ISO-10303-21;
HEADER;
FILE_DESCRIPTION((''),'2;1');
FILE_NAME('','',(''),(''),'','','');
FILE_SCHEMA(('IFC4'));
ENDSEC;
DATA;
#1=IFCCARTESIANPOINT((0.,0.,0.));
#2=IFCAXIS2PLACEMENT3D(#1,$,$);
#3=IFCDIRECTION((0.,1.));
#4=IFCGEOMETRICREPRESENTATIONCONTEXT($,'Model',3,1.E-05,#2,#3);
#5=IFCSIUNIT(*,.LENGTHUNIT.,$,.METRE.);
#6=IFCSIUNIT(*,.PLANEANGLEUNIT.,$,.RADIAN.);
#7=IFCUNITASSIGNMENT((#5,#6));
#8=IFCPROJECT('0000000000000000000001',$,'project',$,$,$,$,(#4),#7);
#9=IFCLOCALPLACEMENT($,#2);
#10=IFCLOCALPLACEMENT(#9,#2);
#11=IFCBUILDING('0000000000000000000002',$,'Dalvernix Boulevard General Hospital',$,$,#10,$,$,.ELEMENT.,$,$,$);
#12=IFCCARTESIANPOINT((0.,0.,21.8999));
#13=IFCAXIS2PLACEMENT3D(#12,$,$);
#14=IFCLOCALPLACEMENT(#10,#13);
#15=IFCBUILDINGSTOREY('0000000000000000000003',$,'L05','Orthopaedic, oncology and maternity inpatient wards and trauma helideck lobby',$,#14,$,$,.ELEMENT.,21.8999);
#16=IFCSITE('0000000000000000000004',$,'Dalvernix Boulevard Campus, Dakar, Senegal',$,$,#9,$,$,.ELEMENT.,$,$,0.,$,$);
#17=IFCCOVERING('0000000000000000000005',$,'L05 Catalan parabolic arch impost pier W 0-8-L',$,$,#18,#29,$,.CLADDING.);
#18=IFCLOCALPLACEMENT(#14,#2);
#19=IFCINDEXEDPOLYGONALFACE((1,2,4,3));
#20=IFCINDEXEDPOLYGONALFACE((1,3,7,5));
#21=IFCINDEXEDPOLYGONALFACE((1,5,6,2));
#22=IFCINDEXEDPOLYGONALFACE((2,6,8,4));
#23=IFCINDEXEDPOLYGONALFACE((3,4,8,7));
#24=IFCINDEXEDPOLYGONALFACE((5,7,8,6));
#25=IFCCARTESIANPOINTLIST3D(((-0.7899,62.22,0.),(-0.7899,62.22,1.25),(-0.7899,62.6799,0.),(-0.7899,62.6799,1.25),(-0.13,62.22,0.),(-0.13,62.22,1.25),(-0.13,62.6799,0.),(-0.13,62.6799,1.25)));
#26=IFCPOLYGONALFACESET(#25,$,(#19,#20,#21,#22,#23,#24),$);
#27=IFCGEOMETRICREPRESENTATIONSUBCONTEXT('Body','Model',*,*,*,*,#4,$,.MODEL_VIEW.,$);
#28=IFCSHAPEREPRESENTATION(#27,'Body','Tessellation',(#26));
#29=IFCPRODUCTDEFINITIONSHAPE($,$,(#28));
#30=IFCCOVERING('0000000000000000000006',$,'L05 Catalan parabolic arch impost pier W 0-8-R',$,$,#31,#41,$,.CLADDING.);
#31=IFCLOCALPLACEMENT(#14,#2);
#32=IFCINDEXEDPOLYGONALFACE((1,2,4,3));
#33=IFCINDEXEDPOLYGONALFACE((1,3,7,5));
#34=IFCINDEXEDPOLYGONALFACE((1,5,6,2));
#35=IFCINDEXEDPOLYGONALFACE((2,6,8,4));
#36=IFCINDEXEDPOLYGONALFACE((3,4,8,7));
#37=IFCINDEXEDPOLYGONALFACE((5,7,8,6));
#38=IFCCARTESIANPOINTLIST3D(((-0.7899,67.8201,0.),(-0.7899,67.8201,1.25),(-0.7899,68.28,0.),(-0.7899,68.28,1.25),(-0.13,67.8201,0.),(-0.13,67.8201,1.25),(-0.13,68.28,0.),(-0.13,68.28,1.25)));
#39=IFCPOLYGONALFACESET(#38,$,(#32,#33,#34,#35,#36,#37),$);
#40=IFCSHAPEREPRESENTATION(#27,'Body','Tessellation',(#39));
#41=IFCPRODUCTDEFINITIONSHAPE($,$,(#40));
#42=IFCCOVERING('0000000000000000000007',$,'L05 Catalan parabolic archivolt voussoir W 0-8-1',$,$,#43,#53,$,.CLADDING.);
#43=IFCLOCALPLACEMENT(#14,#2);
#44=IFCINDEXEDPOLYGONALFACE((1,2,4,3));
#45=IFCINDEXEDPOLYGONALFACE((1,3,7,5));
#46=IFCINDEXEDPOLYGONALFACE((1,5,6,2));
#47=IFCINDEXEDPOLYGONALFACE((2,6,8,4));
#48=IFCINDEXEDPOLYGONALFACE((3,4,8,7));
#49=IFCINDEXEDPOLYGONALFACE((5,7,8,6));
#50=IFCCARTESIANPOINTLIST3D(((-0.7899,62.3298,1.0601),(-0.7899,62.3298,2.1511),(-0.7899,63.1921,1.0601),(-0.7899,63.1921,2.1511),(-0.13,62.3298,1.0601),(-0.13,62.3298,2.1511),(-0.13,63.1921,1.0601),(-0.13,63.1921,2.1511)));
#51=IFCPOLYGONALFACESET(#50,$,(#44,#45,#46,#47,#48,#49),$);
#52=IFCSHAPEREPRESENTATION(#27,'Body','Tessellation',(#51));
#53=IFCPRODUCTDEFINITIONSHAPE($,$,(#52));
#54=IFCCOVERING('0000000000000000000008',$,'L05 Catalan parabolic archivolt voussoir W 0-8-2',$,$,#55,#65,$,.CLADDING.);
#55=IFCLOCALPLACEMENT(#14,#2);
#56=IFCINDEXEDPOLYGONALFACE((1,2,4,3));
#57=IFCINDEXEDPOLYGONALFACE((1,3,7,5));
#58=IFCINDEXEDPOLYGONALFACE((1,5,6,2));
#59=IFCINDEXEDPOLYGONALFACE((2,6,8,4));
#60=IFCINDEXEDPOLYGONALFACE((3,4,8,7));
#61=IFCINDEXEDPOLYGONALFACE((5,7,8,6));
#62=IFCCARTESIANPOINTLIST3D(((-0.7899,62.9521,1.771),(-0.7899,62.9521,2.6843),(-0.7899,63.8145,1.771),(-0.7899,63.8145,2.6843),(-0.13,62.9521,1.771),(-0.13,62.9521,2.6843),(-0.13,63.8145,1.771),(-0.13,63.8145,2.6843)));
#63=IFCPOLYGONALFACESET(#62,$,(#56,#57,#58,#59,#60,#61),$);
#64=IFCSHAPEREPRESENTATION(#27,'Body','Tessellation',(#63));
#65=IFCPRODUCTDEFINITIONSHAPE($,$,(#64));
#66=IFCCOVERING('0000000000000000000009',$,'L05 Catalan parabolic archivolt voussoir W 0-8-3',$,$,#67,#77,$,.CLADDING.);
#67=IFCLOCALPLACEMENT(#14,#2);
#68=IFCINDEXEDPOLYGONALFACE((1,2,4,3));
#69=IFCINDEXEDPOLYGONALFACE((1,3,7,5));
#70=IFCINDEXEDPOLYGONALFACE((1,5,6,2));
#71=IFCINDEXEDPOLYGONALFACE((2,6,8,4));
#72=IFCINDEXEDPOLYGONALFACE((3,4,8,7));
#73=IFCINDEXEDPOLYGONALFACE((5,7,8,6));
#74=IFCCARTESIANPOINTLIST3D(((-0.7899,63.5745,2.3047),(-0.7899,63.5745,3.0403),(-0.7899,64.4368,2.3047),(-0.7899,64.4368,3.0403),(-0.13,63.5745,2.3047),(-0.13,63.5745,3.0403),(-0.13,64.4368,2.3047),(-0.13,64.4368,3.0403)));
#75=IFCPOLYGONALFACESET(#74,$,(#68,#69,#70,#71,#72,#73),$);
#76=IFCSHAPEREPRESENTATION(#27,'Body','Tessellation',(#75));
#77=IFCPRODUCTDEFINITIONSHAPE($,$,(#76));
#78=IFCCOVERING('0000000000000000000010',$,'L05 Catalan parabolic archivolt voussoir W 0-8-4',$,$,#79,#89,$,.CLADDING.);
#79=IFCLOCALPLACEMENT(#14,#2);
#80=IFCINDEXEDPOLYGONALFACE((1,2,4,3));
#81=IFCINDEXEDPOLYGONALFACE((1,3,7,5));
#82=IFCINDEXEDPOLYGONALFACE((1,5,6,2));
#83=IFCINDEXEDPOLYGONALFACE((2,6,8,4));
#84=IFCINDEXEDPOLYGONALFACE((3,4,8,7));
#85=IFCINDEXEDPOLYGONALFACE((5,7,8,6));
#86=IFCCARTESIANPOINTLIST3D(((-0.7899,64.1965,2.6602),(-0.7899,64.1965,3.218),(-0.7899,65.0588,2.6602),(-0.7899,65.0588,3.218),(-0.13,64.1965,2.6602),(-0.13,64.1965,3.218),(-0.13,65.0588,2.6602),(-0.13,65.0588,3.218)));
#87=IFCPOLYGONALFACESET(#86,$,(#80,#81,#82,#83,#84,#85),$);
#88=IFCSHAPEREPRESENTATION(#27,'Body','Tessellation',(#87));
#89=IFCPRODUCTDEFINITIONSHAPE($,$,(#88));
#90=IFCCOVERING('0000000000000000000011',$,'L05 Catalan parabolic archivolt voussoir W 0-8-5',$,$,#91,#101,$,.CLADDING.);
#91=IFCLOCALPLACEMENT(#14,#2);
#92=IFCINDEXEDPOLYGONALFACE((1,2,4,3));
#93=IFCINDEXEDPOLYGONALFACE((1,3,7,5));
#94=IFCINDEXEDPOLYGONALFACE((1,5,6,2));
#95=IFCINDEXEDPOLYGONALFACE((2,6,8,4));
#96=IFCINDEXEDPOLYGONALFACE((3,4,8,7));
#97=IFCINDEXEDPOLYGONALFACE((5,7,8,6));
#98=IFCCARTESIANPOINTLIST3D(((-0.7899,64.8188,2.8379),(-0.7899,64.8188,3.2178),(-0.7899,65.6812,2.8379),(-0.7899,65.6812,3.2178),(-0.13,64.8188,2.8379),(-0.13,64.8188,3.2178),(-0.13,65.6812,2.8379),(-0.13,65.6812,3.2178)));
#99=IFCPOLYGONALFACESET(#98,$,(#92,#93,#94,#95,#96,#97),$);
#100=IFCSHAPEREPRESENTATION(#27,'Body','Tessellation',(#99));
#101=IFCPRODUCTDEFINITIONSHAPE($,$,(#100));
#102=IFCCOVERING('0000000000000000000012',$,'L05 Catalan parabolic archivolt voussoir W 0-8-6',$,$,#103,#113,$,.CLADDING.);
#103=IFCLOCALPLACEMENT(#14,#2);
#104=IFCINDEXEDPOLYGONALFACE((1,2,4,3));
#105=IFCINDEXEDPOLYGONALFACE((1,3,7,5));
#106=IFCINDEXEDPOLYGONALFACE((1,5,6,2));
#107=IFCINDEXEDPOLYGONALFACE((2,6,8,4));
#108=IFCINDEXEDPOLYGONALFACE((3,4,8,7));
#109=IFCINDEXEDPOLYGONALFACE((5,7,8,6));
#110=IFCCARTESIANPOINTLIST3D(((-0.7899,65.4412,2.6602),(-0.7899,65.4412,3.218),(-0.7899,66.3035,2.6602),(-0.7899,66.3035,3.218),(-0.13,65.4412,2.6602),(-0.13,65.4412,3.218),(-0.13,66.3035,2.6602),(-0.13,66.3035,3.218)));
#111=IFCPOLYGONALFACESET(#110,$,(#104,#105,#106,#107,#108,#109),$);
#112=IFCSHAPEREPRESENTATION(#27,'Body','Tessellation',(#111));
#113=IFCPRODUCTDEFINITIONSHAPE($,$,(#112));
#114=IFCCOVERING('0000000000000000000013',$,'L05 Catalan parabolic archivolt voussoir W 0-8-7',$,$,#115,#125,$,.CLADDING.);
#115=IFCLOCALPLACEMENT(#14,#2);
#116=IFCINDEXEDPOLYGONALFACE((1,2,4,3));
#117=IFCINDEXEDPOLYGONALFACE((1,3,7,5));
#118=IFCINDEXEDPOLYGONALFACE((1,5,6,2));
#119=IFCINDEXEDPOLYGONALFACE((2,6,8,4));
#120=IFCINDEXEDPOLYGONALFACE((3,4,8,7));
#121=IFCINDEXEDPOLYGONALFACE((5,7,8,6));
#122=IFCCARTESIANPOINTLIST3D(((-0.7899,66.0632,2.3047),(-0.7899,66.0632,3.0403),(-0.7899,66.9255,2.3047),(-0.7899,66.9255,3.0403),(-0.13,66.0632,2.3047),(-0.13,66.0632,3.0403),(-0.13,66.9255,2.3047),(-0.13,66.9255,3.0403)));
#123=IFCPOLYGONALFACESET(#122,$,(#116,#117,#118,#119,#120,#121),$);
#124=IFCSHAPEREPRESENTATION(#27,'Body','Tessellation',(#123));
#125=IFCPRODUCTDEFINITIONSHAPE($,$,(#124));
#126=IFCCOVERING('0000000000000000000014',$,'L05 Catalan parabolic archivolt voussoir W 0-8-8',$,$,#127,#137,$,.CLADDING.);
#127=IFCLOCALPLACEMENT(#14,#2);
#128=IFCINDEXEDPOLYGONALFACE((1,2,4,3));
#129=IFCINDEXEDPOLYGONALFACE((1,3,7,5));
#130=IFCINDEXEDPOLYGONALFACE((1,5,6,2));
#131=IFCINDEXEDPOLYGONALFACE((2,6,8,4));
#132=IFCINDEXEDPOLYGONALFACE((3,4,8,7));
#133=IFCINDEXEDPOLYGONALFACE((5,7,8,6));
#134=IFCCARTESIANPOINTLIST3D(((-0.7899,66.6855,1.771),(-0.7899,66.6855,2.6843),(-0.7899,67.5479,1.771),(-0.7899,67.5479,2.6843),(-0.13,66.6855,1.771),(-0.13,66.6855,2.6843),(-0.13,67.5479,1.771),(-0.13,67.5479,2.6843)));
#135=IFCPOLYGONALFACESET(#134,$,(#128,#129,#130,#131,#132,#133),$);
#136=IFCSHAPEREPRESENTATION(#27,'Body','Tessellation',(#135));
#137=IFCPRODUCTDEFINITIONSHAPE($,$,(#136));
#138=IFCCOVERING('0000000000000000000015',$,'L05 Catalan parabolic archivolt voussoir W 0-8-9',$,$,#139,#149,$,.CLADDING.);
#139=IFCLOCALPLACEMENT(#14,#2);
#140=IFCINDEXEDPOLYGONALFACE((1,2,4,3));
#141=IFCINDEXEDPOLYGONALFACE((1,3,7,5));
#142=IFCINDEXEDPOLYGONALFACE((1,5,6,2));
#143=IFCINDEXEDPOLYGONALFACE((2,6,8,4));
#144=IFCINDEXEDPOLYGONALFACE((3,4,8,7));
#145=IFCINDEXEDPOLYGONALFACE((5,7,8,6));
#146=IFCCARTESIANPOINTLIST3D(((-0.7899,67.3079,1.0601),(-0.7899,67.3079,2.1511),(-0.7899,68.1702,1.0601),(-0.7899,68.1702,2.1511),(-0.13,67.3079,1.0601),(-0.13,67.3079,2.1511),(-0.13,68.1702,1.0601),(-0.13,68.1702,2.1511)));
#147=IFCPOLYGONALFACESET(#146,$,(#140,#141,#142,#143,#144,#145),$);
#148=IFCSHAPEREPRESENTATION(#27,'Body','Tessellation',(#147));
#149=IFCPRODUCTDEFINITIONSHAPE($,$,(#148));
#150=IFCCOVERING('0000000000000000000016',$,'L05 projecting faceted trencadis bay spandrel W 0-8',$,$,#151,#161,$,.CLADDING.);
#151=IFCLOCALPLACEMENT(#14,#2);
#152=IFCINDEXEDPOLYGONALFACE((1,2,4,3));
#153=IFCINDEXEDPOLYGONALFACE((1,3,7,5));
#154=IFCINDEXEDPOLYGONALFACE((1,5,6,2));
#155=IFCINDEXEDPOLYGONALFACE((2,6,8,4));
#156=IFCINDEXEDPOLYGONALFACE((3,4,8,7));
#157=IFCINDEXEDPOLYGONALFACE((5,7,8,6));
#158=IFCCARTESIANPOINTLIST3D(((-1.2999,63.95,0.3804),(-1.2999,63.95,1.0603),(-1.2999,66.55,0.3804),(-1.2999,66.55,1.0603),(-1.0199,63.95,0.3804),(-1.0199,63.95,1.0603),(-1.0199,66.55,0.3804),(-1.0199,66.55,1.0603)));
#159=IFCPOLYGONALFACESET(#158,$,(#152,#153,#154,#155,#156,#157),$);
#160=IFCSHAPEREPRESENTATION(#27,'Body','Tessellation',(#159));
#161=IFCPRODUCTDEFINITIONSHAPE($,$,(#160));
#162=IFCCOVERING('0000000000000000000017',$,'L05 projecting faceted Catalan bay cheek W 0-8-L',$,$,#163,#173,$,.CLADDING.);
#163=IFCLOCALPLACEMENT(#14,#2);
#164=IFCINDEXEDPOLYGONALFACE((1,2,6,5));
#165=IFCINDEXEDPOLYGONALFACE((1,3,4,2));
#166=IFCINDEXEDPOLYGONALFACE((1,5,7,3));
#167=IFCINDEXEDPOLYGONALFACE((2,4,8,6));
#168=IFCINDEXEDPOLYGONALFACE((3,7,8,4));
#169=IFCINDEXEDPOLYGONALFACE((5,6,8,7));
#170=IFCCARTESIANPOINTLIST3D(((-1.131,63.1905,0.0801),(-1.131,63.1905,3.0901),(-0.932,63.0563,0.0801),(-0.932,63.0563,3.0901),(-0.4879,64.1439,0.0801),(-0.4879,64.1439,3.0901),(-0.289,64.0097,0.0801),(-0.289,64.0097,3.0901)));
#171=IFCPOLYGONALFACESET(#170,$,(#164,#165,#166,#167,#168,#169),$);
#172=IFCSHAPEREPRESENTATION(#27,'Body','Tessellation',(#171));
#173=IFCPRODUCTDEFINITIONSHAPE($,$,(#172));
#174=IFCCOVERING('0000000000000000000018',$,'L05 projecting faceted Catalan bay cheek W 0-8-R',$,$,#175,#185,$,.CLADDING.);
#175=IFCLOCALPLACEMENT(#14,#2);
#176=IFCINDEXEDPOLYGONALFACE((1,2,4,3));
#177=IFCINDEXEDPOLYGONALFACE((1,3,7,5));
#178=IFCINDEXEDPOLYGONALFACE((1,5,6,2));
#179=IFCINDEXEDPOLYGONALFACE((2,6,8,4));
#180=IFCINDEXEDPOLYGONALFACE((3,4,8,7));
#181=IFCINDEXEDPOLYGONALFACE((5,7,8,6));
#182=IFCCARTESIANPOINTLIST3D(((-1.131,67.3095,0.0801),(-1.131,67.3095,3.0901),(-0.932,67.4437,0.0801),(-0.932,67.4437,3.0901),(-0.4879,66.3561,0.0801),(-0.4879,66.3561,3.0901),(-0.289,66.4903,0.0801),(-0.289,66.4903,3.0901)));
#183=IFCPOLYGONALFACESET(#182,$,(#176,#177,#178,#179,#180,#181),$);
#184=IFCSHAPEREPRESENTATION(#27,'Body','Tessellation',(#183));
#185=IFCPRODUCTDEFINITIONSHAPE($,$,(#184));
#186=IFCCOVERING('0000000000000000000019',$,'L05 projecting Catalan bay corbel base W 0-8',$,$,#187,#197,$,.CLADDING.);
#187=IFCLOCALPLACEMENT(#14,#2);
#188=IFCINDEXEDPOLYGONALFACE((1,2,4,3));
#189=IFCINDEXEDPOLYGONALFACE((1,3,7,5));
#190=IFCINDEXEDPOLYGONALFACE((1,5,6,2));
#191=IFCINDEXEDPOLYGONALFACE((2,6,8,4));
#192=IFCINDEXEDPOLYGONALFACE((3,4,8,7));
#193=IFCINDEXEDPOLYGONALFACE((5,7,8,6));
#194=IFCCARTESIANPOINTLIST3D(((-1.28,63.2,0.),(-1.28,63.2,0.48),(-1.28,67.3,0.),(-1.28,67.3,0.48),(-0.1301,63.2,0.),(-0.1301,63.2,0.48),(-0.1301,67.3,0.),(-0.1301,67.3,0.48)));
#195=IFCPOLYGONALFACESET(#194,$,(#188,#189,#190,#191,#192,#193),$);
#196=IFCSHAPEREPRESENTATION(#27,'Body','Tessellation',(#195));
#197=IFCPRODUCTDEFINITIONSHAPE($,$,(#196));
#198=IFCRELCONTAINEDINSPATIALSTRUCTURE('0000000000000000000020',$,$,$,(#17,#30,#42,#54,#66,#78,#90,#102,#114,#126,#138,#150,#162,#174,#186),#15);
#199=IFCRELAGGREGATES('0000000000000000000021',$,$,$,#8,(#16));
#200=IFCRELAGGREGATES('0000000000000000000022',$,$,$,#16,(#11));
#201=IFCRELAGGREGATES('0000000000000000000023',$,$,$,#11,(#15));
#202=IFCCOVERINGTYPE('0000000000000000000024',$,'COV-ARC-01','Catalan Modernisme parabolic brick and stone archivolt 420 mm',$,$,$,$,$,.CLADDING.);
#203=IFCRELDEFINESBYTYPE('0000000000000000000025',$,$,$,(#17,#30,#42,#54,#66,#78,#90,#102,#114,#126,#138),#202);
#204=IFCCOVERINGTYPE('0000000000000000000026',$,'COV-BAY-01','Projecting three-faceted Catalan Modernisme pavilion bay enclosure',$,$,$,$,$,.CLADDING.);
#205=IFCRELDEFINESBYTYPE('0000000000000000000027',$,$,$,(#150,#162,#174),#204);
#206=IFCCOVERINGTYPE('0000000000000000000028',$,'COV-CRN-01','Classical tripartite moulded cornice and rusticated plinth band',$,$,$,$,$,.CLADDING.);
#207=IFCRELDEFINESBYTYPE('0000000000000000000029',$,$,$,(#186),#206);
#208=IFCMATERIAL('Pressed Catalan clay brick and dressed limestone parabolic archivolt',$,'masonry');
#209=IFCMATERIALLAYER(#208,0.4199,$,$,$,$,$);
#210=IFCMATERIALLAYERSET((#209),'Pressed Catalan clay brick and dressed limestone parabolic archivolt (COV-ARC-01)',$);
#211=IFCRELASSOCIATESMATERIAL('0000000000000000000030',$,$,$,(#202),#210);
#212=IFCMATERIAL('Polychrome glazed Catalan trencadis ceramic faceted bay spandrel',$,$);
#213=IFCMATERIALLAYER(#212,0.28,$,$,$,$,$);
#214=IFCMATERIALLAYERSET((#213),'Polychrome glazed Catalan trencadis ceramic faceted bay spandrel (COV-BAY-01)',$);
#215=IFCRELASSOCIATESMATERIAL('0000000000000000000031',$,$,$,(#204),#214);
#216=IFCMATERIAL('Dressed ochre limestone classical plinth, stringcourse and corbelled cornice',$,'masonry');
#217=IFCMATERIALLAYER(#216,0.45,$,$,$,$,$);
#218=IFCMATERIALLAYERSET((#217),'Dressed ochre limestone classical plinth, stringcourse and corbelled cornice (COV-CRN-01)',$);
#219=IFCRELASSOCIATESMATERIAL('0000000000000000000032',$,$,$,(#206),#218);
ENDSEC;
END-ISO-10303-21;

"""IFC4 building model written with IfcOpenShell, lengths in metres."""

from ifc_helpers import new_model, si_unit, direction, frame, origin, origin_2d, place, context, subcontext, project, spatial, rectangle, extrude, material, layer, layer_set, type_object, element, save


model = new_model("IFC4")

# Units and contexts
model_context = context("Model", 3, precision=1e-05, world=origin(), true_north=direction((0.0, 1.0)))
body_context = subcontext(model_context, "Body", "Model", "MODEL_VIEW")
ifc_project = project(units=[si_unit("LENGTHUNIT", "METRE"), si_unit("PLANEANGLEUNIT", "RADIAN")], contexts=[model_context])

# Site, building, storey
site_placement = place(None, origin())
site = spatial("IfcSite", under=ifc_project, at=site_placement, Name="Dalvernix Boulevard Campus, Dakar, Senegal", CompositionType="ELEMENT", RefElevation=0.0)
building_placement = place(site_placement, origin())
building = spatial("IfcBuilding", under=site, at=building_placement, Name="Dalvernix Boulevard General Hospital", CompositionType="ELEMENT")
storey_placement = place(building_placement, frame((0.0, 0.0, 21.8999)))
storey = spatial("IfcBuildingStorey", under=building, at=storey_placement, Name="L05", Description="Orthopaedic, oncology and maternity inpatient wards and trauma helideck lobby", CompositionType="ELEMENT", Elevation=21.8999)

# Coverings
ifc_material_1 = material(Name="Pressed Catalan clay brick and dressed limestone parabolic archivolt", Category="masonry")
ifc_layer_1 = layer(ifc_material_1, 0.4199)
ifc_layer_set_1 = layer_set([ifc_layer_1], Name="Pressed Catalan clay brick and dressed limestone parabolic archivolt (COV-ARC-01)")
covering_type_1 = type_object("IfcCoveringType", Name="COV-ARC-01", Description="Catalan Modernisme parabolic brick and stone archivolt 420 mm", PredefinedType="CLADDING", material=ifc_layer_set_1)
for number, where, z_axis, x_axis, name in (
    (1, (-0.46, 62.45, 0.0), (0.0, 0.0, 1.0), (0.0, 1.0, 0.0), "L05 Catalan parabolic arch impost pier W 0-8-L"),
    (2, (-0.46, 68.05, 0.0), (0.0, 0.0, 1.0), (0.0, 1.0, 0.0), "L05 Catalan parabolic arch impost pier W 0-8-R"),
):
    element("IfcCovering", number, at=place(storey_placement, frame(where, z_axis=z_axis, x_axis=x_axis)), inside=storey, type_object=covering_type_1, Name=name, PredefinedType="CLADDING", context=body_context, shape_type="SweptSolid", body=[
        extrude(rectangle(XDim=0.46, YDim=0.6599, at=origin_2d()), origin(), (0.0, 0.0, 1.0), 1.25),
    ])
covering_1_placement = place(storey_placement, frame((-0.46, 62.761, 1.0601), z_axis=(0.0, 0.0, 1.0), x_axis=(0.0, 1.0, 0.0)))
element("IfcCovering", 3, at=covering_1_placement, inside=storey, type_object=covering_type_1, Name="L05 Catalan parabolic archivolt voussoir W 0-8-1", PredefinedType="CLADDING", context=body_context, shape_type="SweptSolid", body=[
    extrude(rectangle(XDim=0.8623, YDim=0.6599, at=origin_2d()), origin(), (0.0, 0.0, 1.0), 1.0911),
])
covering_2_placement = place(storey_placement, frame((-0.46, 63.3833, 1.771), z_axis=(0.0, 0.0, 1.0), x_axis=(0.0, 1.0, 0.0)))
element("IfcCovering", 4, at=covering_2_placement, inside=storey, type_object=covering_type_1, Name="L05 Catalan parabolic archivolt voussoir W 0-8-2", PredefinedType="CLADDING", context=body_context, shape_type="SweptSolid", body=[
    extrude(rectangle(XDim=0.8623, YDim=0.6599, at=origin_2d()), origin(), (0.0, 0.0, 1.0), 0.9133),
])
covering_3_placement = place(storey_placement, frame((-0.46, 64.0056, 2.3047), z_axis=(0.0, 0.0, 1.0), x_axis=(0.0, 1.0, 0.0)))
element("IfcCovering", 5, at=covering_3_placement, inside=storey, type_object=covering_type_1, Name="L05 Catalan parabolic archivolt voussoir W 0-8-3", PredefinedType="CLADDING", context=body_context, shape_type="SweptSolid", body=[
    extrude(rectangle(XDim=0.8623, YDim=0.6599, at=origin_2d()), origin(), (0.0, 0.0, 1.0), 0.7356),
])
covering_4_placement = place(storey_placement, frame((-0.46, 64.6277, 2.6602), z_axis=(0.0, 0.0, 1.0), x_axis=(0.0, 1.0, 0.0)))
element("IfcCovering", 6, at=covering_4_placement, inside=storey, type_object=covering_type_1, Name="L05 Catalan parabolic archivolt voussoir W 0-8-4", PredefinedType="CLADDING", context=body_context, shape_type="SweptSolid", body=[
    extrude(rectangle(XDim=0.8623, YDim=0.6599, at=origin_2d()), origin(), (0.0, 0.0, 1.0), 0.5579),
])
covering_5_placement = place(storey_placement, frame((-0.46, 65.25, 2.8379), z_axis=(0.0, 0.0, 1.0), x_axis=(0.0, 1.0, 0.0)))
element("IfcCovering", 7, at=covering_5_placement, inside=storey, type_object=covering_type_1, Name="L05 Catalan parabolic archivolt voussoir W 0-8-5", PredefinedType="CLADDING", context=body_context, shape_type="SweptSolid", body=[
    extrude(rectangle(XDim=0.8623, YDim=0.6599, at=origin_2d()), origin(), (0.0, 0.0, 1.0), 0.3799),
])
covering_6_placement = place(storey_placement, frame((-0.46, 65.8723, 2.6602), z_axis=(0.0, 0.0, 1.0), x_axis=(0.0, 1.0, 0.0)))
element("IfcCovering", 8, at=covering_6_placement, inside=storey, type_object=covering_type_1, Name="L05 Catalan parabolic archivolt voussoir W 0-8-6", PredefinedType="CLADDING", context=body_context, shape_type="SweptSolid", body=[
    extrude(rectangle(XDim=0.8623, YDim=0.6599, at=origin_2d()), origin(), (0.0, 0.0, 1.0), 0.5579),
])
covering_7_placement = place(storey_placement, frame((-0.46, 66.4944, 2.3047), z_axis=(0.0, 0.0, 1.0), x_axis=(0.0, 1.0, 0.0)))
element("IfcCovering", 9, at=covering_7_placement, inside=storey, type_object=covering_type_1, Name="L05 Catalan parabolic archivolt voussoir W 0-8-7", PredefinedType="CLADDING", context=body_context, shape_type="SweptSolid", body=[
    extrude(rectangle(XDim=0.8623, YDim=0.6599, at=origin_2d()), origin(), (0.0, 0.0, 1.0), 0.7356),
])
covering_8_placement = place(storey_placement, frame((-0.46, 67.1167, 1.771), z_axis=(0.0, 0.0, 1.0), x_axis=(0.0, 1.0, 0.0)))
element("IfcCovering", 10, at=covering_8_placement, inside=storey, type_object=covering_type_1, Name="L05 Catalan parabolic archivolt voussoir W 0-8-8", PredefinedType="CLADDING", context=body_context, shape_type="SweptSolid", body=[
    extrude(rectangle(XDim=0.8623, YDim=0.6599, at=origin_2d()), origin(), (0.0, 0.0, 1.0), 0.9133),
])
covering_9_placement = place(storey_placement, frame((-0.46, 67.739, 1.0601), z_axis=(0.0, 0.0, 1.0), x_axis=(0.0, 1.0, 0.0)))
element("IfcCovering", 11, at=covering_9_placement, inside=storey, type_object=covering_type_1, Name="L05 Catalan parabolic archivolt voussoir W 0-8-9", PredefinedType="CLADDING", context=body_context, shape_type="SweptSolid", body=[
    extrude(rectangle(XDim=0.8623, YDim=0.6599, at=origin_2d()), origin(), (0.0, 0.0, 1.0), 1.0911),
])
ifc_material_2 = material(Name="Polychrome glazed Catalan trencadis ceramic faceted bay spandrel")
ifc_layer_2 = layer(ifc_material_2, 0.28)
ifc_layer_set_2 = layer_set([ifc_layer_2], Name="Polychrome glazed Catalan trencadis ceramic faceted bay spandrel (COV-BAY-01)")
covering_type_2 = type_object("IfcCoveringType", Name="COV-BAY-01", Description="Projecting three-faceted Catalan Modernisme pavilion bay enclosure", PredefinedType="CLADDING", material=ifc_layer_set_2)
covering_10_placement = place(storey_placement, frame((-1.1599, 65.25, 0.3804), z_axis=(0.0, 0.0, 1.0), x_axis=(0.0, 1.0, 0.0)))
element("IfcCovering", 12, at=covering_10_placement, inside=storey, type_object=covering_type_2, Name="L05 projecting faceted trencadis bay spandrel W 0-8", PredefinedType="CLADDING", context=body_context, shape_type="SweptSolid", body=[
    extrude(rectangle(XDim=2.6001, YDim=0.28, at=origin_2d()), origin(), (0.0, 0.0, 1.0), 0.6799),
])
for number, where, z_axis, x_axis, name in (
    (13, (-0.71, 63.6001, 0.0801), (0.0, 0.0, 1.0), (0.559193, 0.829038, 0.0), "L05 projecting faceted Catalan bay cheek W 0-8-L"),
    (14, (-0.71, 66.8999, 0.0801), (0.0, 0.0, 1.0), (-0.559193, 0.829038, 0.0), "L05 projecting faceted Catalan bay cheek W 0-8-R"),
):
    element("IfcCovering", number, at=place(storey_placement, frame(where, z_axis=z_axis, x_axis=x_axis)), inside=storey, type_object=covering_type_2, Name=name, PredefinedType="CLADDING", context=body_context, shape_type="SweptSolid", body=[
        extrude(rectangle(XDim=1.1499, YDim=0.24, at=origin_2d()), origin(), (0.0, 0.0, 1.0), 3.01),
    ])
ifc_material_3 = material(Name="Dressed ochre limestone classical plinth, stringcourse and corbelled cornice", Category="masonry")
ifc_layer_3 = layer(ifc_material_3, 0.45)
ifc_layer_set_3 = layer_set([ifc_layer_3], Name="Dressed ochre limestone classical plinth, stringcourse and corbelled cornice (COV-CRN-01)")
covering_type_3 = type_object("IfcCoveringType", Name="COV-CRN-01", Description="Classical tripartite moulded cornice and rusticated plinth band", PredefinedType="CLADDING", material=ifc_layer_set_3)
covering_11_placement = place(storey_placement, frame((-0.7051, 65.25, 0.0), z_axis=(0.0, 0.0, 1.0), x_axis=(0.0, 1.0, 0.0)))
element("IfcCovering", 15, at=covering_11_placement, inside=storey, type_object=covering_type_3, Name="L05 projecting Catalan bay corbel base W 0-8", PredefinedType="CLADDING", context=body_context, shape_type="SweptSolid", body=[
    extrude(rectangle(XDim=4.1001, YDim=1.1499, at=origin_2d()), origin(), (0.0, 0.0, 1.0), 0.48),
])

save(model, "model.ifc")
